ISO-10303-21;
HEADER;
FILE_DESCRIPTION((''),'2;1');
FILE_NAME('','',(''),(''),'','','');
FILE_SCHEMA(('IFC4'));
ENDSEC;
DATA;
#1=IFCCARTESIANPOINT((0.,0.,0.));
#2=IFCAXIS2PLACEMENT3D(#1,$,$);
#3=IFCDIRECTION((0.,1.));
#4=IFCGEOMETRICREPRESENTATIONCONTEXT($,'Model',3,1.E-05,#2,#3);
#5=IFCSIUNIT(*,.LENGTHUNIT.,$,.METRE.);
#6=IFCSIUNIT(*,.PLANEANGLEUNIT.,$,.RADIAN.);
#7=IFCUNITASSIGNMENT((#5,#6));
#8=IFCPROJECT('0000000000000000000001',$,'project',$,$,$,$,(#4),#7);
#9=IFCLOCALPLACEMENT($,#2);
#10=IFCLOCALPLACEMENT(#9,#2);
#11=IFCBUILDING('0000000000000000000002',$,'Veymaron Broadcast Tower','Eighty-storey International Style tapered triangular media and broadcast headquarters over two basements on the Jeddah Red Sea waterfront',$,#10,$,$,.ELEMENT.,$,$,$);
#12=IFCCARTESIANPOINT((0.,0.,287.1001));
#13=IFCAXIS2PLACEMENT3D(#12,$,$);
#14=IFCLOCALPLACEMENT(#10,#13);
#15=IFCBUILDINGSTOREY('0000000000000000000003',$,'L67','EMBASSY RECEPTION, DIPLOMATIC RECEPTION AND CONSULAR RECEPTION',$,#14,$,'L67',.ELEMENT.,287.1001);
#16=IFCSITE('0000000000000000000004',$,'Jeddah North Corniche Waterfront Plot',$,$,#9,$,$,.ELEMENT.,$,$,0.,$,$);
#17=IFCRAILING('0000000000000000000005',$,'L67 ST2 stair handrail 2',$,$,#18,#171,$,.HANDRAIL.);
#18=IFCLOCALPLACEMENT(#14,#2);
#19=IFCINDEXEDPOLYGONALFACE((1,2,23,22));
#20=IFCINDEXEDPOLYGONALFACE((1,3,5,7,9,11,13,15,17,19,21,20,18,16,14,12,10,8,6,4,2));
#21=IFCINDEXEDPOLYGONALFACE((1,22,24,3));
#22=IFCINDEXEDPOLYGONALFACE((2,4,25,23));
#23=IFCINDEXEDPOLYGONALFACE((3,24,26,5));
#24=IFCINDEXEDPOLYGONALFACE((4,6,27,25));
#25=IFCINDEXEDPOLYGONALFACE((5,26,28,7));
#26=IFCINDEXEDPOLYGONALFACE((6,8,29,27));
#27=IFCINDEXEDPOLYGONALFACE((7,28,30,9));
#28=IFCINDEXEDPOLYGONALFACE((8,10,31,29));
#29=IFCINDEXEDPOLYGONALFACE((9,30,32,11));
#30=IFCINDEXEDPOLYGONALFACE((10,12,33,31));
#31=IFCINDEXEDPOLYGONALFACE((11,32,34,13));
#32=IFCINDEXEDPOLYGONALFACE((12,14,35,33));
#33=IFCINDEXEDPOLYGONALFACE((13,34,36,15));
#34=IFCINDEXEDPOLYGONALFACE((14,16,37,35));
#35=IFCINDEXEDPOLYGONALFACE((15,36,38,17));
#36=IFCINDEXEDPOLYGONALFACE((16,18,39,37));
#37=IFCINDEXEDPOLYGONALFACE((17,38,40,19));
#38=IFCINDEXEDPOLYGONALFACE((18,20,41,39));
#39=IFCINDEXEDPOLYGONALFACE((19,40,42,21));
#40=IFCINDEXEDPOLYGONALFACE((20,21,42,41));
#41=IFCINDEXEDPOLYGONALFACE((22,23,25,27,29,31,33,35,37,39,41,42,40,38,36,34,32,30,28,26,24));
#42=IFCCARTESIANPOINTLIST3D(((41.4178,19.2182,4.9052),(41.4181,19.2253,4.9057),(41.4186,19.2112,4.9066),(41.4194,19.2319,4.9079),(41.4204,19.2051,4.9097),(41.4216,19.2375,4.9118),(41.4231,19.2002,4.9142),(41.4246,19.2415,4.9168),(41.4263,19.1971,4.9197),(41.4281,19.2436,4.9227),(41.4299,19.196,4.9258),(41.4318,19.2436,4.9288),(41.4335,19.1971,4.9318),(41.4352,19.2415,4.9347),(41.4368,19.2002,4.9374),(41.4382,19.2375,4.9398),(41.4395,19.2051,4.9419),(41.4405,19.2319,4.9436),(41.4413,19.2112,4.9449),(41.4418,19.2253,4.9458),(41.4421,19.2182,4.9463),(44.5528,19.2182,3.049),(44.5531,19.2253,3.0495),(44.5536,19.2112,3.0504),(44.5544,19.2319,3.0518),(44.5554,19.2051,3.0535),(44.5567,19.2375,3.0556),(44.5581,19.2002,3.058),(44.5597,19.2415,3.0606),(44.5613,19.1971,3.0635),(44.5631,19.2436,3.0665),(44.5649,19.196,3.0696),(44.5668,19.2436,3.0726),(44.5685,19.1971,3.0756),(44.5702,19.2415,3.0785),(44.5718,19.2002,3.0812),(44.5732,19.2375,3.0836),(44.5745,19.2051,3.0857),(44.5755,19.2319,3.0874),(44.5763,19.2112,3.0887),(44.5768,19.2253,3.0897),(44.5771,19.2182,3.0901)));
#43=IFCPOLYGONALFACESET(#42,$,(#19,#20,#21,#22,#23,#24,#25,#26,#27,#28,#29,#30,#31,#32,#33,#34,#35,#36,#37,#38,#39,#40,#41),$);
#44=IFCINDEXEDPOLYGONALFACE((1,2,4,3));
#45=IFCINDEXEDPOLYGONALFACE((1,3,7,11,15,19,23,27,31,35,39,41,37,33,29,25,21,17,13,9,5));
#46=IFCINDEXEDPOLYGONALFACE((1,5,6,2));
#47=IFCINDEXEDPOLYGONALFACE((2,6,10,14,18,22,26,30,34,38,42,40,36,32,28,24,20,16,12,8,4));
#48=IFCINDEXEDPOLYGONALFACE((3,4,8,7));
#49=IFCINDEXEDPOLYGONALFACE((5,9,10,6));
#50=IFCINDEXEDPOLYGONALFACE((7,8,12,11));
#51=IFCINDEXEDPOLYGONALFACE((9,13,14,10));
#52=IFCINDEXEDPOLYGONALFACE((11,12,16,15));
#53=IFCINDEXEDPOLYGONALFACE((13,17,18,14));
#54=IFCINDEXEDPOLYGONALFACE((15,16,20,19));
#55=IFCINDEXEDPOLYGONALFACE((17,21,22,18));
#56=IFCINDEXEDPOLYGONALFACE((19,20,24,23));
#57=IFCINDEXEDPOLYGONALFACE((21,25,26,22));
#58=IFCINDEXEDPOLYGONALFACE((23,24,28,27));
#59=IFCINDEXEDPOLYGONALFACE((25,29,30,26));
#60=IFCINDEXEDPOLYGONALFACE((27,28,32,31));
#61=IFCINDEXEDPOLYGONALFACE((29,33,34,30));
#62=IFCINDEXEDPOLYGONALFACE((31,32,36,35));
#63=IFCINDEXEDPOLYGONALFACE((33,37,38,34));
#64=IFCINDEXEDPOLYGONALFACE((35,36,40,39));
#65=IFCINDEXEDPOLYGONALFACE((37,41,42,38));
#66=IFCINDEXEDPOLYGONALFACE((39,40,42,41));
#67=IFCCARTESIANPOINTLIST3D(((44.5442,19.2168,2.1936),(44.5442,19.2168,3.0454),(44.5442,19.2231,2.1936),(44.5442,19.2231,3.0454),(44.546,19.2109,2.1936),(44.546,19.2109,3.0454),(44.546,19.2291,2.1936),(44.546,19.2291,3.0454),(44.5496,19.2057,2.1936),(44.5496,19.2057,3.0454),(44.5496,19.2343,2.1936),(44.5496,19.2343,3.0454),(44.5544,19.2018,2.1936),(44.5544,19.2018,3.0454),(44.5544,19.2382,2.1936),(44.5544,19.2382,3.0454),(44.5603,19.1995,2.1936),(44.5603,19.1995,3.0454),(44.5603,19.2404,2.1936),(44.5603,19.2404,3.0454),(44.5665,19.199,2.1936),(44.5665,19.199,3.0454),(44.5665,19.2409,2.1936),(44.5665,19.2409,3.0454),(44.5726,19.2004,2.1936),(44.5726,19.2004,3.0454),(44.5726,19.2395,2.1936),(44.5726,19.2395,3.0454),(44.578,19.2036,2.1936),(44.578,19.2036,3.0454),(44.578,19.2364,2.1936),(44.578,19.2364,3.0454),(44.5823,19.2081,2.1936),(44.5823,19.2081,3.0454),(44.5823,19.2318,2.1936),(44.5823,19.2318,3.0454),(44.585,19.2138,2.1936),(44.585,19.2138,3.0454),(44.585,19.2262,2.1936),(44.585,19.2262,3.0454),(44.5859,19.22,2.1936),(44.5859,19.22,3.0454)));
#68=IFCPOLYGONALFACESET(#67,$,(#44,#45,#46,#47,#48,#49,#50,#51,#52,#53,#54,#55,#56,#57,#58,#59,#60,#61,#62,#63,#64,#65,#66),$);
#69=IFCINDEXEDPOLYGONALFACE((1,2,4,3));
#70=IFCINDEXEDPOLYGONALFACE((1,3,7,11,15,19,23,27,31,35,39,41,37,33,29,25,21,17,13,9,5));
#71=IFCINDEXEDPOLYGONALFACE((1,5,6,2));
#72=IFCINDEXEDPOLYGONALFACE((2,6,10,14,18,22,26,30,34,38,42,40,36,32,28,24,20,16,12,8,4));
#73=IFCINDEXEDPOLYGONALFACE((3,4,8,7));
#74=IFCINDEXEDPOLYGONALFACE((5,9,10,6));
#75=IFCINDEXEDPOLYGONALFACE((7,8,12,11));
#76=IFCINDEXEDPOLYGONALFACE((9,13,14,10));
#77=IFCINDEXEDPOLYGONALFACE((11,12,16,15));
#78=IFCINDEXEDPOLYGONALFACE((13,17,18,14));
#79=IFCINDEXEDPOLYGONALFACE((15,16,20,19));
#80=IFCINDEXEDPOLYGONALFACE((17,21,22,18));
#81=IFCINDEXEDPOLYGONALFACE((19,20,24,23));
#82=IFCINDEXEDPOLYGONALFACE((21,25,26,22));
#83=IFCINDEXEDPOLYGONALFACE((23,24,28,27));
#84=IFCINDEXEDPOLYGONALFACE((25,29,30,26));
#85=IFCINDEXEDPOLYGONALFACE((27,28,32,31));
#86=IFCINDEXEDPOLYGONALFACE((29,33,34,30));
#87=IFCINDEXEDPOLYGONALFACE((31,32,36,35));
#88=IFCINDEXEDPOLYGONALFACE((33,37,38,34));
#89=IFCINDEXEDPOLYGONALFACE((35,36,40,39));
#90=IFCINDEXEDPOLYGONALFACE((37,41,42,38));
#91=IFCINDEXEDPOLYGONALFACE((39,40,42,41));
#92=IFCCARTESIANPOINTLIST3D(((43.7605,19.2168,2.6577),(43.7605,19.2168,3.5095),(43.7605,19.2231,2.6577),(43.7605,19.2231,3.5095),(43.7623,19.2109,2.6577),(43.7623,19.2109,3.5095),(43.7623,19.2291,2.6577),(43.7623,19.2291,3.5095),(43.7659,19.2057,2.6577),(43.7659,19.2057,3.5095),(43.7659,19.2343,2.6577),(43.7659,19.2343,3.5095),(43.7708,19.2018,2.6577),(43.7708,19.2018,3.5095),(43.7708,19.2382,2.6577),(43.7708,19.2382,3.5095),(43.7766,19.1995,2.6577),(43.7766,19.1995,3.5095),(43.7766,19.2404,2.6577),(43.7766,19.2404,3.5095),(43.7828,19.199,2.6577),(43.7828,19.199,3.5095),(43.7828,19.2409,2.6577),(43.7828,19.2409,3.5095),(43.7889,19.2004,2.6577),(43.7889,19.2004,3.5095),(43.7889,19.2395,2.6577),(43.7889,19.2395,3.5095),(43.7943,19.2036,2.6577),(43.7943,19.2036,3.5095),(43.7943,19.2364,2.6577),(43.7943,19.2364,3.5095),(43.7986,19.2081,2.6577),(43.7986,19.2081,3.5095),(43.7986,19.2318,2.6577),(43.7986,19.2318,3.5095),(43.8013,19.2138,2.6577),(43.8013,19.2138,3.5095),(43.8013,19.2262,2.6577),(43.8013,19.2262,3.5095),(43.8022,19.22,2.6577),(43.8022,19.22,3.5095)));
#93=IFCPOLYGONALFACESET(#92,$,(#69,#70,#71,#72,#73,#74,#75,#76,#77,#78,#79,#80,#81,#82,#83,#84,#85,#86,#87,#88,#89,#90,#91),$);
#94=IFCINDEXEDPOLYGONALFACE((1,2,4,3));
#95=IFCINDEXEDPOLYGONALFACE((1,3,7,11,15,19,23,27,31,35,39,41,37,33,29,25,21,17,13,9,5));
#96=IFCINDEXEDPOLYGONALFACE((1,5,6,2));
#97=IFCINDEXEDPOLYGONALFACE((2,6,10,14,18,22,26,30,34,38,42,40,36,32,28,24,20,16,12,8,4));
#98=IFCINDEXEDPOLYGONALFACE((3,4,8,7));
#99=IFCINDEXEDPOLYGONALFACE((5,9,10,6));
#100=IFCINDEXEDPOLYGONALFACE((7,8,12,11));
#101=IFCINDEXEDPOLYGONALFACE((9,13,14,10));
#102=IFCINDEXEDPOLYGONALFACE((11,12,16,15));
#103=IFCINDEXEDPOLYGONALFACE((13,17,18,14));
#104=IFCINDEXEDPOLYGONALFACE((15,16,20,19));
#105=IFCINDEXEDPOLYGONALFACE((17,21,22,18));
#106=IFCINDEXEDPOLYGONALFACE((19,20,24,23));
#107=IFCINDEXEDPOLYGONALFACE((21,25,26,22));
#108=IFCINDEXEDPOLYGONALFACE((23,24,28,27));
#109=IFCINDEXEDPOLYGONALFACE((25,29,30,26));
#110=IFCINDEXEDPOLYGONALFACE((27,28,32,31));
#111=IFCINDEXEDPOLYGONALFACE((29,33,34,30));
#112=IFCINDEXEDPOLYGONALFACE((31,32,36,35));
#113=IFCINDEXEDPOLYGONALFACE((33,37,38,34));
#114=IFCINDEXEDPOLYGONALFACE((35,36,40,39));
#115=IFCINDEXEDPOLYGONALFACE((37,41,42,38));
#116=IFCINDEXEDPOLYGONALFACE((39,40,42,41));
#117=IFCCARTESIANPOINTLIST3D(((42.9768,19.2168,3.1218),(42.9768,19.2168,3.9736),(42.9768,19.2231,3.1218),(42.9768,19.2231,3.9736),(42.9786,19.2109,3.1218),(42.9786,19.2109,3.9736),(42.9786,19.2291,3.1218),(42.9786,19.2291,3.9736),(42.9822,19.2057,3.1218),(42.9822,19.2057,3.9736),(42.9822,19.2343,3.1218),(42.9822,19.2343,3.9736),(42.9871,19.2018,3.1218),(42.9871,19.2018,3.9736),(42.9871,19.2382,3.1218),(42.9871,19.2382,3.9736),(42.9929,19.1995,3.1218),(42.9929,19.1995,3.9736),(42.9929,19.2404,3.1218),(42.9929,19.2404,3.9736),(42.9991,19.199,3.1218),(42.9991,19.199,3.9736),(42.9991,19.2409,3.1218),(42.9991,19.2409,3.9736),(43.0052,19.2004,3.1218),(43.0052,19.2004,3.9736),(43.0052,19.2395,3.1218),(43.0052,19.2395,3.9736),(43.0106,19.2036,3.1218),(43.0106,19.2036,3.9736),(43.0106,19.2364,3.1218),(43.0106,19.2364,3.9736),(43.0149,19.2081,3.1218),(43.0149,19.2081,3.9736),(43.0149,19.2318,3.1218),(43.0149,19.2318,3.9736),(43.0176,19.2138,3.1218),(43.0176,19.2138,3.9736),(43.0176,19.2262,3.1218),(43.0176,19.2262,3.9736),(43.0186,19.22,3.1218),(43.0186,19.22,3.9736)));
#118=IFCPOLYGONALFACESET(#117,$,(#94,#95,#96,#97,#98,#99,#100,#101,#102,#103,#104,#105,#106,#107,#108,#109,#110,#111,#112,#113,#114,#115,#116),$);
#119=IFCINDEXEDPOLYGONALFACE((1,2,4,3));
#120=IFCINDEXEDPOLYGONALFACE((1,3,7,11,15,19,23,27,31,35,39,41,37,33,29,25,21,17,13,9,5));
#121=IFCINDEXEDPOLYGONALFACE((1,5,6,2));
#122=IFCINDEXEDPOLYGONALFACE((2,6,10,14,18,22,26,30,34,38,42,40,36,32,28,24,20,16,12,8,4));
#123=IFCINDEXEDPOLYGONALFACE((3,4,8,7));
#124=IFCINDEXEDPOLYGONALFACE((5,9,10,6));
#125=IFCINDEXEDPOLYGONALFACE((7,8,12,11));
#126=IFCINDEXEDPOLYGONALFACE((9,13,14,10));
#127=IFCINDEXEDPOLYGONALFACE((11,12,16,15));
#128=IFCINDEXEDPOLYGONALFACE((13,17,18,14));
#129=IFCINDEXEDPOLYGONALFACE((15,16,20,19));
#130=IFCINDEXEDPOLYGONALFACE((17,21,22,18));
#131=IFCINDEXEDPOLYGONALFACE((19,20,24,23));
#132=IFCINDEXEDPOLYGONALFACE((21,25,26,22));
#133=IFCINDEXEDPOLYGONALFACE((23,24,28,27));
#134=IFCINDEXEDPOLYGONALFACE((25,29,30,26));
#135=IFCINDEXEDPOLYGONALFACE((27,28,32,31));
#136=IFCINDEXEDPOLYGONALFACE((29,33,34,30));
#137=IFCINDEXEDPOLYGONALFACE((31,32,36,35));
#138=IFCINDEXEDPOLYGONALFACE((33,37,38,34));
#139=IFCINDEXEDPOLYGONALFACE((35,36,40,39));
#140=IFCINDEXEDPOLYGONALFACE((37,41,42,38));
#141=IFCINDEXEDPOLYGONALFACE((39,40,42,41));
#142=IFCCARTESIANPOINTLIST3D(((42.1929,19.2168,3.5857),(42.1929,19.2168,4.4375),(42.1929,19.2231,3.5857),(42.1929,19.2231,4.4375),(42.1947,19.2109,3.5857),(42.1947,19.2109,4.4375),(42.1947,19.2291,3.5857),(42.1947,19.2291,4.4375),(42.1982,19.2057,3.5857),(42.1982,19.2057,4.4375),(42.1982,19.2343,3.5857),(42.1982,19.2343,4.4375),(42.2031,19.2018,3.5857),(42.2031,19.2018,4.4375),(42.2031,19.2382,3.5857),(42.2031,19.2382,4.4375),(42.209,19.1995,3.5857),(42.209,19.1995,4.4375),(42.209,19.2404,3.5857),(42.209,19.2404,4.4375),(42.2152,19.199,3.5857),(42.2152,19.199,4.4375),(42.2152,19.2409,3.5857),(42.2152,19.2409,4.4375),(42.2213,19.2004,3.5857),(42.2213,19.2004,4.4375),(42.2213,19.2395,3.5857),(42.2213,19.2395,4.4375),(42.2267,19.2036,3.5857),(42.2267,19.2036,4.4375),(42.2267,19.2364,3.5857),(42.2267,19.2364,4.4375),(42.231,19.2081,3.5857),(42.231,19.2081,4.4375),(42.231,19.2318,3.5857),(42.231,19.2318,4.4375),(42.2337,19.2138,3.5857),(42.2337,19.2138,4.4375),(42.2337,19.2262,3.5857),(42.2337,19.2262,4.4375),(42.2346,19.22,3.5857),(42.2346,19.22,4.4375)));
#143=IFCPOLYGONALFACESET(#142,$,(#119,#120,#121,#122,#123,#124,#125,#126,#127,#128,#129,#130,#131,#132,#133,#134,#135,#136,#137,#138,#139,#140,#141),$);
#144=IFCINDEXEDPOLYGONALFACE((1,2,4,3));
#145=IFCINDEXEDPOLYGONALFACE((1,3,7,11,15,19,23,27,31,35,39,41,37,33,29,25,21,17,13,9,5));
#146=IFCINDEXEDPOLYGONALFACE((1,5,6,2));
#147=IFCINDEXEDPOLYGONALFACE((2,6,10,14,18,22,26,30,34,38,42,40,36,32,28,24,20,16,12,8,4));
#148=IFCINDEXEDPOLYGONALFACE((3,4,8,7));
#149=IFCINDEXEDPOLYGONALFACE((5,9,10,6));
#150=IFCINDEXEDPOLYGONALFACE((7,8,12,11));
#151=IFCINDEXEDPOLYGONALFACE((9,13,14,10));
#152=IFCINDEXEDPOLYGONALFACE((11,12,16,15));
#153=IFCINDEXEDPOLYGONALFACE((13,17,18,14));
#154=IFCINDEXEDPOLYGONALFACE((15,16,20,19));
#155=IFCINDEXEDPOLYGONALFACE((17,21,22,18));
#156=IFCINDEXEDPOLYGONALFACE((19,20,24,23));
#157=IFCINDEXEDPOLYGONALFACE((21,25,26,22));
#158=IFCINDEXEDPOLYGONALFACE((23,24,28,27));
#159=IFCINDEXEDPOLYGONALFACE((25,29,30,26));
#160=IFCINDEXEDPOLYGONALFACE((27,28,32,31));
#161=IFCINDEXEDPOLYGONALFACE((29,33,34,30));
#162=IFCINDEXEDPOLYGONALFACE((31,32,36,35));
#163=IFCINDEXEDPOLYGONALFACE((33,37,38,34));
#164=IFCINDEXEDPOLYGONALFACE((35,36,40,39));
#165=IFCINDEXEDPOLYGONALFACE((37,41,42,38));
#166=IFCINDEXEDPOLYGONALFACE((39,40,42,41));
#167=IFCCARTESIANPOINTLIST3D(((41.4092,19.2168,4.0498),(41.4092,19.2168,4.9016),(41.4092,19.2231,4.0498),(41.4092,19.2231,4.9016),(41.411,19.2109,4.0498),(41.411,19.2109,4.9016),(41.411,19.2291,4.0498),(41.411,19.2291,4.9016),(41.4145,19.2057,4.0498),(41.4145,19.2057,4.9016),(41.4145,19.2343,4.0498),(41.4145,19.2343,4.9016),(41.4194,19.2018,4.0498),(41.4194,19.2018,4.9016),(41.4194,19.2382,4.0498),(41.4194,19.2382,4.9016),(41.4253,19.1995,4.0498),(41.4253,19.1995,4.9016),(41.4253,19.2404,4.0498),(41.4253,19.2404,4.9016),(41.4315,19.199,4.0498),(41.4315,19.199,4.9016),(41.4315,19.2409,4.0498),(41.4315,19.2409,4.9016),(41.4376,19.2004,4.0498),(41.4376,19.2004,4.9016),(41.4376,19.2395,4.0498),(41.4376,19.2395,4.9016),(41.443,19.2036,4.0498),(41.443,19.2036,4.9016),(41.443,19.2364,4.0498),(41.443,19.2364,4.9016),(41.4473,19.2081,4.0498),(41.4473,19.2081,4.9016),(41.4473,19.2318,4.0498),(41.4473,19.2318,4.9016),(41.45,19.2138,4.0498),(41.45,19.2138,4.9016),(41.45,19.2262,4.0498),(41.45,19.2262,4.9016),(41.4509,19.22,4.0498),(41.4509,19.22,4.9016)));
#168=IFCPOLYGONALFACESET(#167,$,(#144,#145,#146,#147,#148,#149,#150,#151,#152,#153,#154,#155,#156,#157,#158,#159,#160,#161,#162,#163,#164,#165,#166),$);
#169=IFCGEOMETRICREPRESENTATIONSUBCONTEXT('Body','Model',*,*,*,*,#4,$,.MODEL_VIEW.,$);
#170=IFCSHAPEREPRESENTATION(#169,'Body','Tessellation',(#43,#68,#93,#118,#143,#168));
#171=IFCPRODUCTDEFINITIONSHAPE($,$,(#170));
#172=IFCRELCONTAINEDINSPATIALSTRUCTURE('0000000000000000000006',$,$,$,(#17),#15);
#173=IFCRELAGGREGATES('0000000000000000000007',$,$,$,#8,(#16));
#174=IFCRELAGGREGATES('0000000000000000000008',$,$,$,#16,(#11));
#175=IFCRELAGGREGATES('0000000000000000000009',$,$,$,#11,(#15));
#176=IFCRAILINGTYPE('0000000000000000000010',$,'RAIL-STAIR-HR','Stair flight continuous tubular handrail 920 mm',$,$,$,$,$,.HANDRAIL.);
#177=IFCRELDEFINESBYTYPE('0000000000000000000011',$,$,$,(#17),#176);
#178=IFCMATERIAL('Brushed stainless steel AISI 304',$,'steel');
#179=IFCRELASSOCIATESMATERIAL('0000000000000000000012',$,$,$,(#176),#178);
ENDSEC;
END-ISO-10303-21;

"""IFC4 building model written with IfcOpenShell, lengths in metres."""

from ifc_helpers import new_model, si_unit, direction, frame, origin, origin_2d, place, context, subcontext, project, spatial, circle, extrude, material, type_object, element, save


model = new_model("IFC4")

# Units and contexts
model_context = context("Model", 3, precision=1e-05, world=origin(), true_north=direction((0.0, 1.0)))
body_context = subcontext(model_context, "Body", "Model", "MODEL_VIEW")
ifc_project = project(units=[si_unit("LENGTHUNIT", "METRE"), si_unit("PLANEANGLEUNIT", "RADIAN")], contexts=[model_context])

# Site, building, storey
site_placement = place(None, origin())
site = spatial("IfcSite", under=ifc_project, at=site_placement, Name="Jeddah North Corniche Waterfront Plot", CompositionType="ELEMENT", RefElevation=0.0)
building_placement = place(site_placement, origin())
building = spatial("IfcBuilding", under=site, at=building_placement, Name="Veymaron Broadcast Tower", Description="Eighty-storey International Style tapered triangular media and broadcast headquarters over two basements on the Jeddah Red Sea waterfront", CompositionType="ELEMENT")
storey_placement = place(building_placement, frame((0.0, 0.0, 287.1001)))
storey = spatial("IfcBuildingStorey", under=building, at=storey_placement, Name="L67", Description="EMBASSY RECEPTION, DIPLOMATIC RECEPTION AND CONSULAR RECEPTION", LongName="L67", CompositionType="ELEMENT", Elevation=287.1001)

# Railing
ifc_material_1 = material(Name="Brushed stainless steel AISI 304", Category="steel")
railing_type_1 = type_object("IfcRailingType", Name="RAIL-STAIR-HR", Description="Stair flight continuous tubular handrail 920 mm", PredefinedType="HANDRAIL", material=ifc_material_1)
railing_1_placement = place(storey_placement, frame((44.5649, 19.22, 2.1936)))
element("IfcRailing", 1, at=railing_1_placement, inside=storey, type_object=railing_type_1, Name="L67 ST2 stair handrail 2", PredefinedType="HANDRAIL", context=body_context, shape_type="SweptSolid", body=[
    extrude(circle(Radius=0.0239, at=origin_2d()), frame((0.0, 0.0, 0.876), z_axis=(-0.860482, 0.0, 0.509481), x_axis=(0.0, -1.0, 0.0)), (0.0, 0.0, 1.0), 3.6433),
    extrude(circle(Radius=0.021, at=origin_2d()), origin(), (0.0, 0.0, 1.0), 0.8518),
    extrude(circle(Radius=0.021, at=origin_2d()), frame((-0.7837, 0.0, 0.4641)), (0.0, 0.0, 1.0), 0.8518),
    extrude(circle(Radius=0.021, at=origin_2d()), frame((-1.5674, 0.0, 0.9282)), (0.0, 0.0, 1.0), 0.8518),
    extrude(circle(Radius=0.021, at=origin_2d()), frame((-2.3513, 0.0, 1.3921)), (0.0, 0.0, 1.0), 0.8518),
    extrude(circle(Radius=0.021, at=origin_2d()), frame((-3.135, 0.0, 1.8562)), (0.0, 0.0, 1.0), 0.8518),
])

save(model, "model.ifc")
